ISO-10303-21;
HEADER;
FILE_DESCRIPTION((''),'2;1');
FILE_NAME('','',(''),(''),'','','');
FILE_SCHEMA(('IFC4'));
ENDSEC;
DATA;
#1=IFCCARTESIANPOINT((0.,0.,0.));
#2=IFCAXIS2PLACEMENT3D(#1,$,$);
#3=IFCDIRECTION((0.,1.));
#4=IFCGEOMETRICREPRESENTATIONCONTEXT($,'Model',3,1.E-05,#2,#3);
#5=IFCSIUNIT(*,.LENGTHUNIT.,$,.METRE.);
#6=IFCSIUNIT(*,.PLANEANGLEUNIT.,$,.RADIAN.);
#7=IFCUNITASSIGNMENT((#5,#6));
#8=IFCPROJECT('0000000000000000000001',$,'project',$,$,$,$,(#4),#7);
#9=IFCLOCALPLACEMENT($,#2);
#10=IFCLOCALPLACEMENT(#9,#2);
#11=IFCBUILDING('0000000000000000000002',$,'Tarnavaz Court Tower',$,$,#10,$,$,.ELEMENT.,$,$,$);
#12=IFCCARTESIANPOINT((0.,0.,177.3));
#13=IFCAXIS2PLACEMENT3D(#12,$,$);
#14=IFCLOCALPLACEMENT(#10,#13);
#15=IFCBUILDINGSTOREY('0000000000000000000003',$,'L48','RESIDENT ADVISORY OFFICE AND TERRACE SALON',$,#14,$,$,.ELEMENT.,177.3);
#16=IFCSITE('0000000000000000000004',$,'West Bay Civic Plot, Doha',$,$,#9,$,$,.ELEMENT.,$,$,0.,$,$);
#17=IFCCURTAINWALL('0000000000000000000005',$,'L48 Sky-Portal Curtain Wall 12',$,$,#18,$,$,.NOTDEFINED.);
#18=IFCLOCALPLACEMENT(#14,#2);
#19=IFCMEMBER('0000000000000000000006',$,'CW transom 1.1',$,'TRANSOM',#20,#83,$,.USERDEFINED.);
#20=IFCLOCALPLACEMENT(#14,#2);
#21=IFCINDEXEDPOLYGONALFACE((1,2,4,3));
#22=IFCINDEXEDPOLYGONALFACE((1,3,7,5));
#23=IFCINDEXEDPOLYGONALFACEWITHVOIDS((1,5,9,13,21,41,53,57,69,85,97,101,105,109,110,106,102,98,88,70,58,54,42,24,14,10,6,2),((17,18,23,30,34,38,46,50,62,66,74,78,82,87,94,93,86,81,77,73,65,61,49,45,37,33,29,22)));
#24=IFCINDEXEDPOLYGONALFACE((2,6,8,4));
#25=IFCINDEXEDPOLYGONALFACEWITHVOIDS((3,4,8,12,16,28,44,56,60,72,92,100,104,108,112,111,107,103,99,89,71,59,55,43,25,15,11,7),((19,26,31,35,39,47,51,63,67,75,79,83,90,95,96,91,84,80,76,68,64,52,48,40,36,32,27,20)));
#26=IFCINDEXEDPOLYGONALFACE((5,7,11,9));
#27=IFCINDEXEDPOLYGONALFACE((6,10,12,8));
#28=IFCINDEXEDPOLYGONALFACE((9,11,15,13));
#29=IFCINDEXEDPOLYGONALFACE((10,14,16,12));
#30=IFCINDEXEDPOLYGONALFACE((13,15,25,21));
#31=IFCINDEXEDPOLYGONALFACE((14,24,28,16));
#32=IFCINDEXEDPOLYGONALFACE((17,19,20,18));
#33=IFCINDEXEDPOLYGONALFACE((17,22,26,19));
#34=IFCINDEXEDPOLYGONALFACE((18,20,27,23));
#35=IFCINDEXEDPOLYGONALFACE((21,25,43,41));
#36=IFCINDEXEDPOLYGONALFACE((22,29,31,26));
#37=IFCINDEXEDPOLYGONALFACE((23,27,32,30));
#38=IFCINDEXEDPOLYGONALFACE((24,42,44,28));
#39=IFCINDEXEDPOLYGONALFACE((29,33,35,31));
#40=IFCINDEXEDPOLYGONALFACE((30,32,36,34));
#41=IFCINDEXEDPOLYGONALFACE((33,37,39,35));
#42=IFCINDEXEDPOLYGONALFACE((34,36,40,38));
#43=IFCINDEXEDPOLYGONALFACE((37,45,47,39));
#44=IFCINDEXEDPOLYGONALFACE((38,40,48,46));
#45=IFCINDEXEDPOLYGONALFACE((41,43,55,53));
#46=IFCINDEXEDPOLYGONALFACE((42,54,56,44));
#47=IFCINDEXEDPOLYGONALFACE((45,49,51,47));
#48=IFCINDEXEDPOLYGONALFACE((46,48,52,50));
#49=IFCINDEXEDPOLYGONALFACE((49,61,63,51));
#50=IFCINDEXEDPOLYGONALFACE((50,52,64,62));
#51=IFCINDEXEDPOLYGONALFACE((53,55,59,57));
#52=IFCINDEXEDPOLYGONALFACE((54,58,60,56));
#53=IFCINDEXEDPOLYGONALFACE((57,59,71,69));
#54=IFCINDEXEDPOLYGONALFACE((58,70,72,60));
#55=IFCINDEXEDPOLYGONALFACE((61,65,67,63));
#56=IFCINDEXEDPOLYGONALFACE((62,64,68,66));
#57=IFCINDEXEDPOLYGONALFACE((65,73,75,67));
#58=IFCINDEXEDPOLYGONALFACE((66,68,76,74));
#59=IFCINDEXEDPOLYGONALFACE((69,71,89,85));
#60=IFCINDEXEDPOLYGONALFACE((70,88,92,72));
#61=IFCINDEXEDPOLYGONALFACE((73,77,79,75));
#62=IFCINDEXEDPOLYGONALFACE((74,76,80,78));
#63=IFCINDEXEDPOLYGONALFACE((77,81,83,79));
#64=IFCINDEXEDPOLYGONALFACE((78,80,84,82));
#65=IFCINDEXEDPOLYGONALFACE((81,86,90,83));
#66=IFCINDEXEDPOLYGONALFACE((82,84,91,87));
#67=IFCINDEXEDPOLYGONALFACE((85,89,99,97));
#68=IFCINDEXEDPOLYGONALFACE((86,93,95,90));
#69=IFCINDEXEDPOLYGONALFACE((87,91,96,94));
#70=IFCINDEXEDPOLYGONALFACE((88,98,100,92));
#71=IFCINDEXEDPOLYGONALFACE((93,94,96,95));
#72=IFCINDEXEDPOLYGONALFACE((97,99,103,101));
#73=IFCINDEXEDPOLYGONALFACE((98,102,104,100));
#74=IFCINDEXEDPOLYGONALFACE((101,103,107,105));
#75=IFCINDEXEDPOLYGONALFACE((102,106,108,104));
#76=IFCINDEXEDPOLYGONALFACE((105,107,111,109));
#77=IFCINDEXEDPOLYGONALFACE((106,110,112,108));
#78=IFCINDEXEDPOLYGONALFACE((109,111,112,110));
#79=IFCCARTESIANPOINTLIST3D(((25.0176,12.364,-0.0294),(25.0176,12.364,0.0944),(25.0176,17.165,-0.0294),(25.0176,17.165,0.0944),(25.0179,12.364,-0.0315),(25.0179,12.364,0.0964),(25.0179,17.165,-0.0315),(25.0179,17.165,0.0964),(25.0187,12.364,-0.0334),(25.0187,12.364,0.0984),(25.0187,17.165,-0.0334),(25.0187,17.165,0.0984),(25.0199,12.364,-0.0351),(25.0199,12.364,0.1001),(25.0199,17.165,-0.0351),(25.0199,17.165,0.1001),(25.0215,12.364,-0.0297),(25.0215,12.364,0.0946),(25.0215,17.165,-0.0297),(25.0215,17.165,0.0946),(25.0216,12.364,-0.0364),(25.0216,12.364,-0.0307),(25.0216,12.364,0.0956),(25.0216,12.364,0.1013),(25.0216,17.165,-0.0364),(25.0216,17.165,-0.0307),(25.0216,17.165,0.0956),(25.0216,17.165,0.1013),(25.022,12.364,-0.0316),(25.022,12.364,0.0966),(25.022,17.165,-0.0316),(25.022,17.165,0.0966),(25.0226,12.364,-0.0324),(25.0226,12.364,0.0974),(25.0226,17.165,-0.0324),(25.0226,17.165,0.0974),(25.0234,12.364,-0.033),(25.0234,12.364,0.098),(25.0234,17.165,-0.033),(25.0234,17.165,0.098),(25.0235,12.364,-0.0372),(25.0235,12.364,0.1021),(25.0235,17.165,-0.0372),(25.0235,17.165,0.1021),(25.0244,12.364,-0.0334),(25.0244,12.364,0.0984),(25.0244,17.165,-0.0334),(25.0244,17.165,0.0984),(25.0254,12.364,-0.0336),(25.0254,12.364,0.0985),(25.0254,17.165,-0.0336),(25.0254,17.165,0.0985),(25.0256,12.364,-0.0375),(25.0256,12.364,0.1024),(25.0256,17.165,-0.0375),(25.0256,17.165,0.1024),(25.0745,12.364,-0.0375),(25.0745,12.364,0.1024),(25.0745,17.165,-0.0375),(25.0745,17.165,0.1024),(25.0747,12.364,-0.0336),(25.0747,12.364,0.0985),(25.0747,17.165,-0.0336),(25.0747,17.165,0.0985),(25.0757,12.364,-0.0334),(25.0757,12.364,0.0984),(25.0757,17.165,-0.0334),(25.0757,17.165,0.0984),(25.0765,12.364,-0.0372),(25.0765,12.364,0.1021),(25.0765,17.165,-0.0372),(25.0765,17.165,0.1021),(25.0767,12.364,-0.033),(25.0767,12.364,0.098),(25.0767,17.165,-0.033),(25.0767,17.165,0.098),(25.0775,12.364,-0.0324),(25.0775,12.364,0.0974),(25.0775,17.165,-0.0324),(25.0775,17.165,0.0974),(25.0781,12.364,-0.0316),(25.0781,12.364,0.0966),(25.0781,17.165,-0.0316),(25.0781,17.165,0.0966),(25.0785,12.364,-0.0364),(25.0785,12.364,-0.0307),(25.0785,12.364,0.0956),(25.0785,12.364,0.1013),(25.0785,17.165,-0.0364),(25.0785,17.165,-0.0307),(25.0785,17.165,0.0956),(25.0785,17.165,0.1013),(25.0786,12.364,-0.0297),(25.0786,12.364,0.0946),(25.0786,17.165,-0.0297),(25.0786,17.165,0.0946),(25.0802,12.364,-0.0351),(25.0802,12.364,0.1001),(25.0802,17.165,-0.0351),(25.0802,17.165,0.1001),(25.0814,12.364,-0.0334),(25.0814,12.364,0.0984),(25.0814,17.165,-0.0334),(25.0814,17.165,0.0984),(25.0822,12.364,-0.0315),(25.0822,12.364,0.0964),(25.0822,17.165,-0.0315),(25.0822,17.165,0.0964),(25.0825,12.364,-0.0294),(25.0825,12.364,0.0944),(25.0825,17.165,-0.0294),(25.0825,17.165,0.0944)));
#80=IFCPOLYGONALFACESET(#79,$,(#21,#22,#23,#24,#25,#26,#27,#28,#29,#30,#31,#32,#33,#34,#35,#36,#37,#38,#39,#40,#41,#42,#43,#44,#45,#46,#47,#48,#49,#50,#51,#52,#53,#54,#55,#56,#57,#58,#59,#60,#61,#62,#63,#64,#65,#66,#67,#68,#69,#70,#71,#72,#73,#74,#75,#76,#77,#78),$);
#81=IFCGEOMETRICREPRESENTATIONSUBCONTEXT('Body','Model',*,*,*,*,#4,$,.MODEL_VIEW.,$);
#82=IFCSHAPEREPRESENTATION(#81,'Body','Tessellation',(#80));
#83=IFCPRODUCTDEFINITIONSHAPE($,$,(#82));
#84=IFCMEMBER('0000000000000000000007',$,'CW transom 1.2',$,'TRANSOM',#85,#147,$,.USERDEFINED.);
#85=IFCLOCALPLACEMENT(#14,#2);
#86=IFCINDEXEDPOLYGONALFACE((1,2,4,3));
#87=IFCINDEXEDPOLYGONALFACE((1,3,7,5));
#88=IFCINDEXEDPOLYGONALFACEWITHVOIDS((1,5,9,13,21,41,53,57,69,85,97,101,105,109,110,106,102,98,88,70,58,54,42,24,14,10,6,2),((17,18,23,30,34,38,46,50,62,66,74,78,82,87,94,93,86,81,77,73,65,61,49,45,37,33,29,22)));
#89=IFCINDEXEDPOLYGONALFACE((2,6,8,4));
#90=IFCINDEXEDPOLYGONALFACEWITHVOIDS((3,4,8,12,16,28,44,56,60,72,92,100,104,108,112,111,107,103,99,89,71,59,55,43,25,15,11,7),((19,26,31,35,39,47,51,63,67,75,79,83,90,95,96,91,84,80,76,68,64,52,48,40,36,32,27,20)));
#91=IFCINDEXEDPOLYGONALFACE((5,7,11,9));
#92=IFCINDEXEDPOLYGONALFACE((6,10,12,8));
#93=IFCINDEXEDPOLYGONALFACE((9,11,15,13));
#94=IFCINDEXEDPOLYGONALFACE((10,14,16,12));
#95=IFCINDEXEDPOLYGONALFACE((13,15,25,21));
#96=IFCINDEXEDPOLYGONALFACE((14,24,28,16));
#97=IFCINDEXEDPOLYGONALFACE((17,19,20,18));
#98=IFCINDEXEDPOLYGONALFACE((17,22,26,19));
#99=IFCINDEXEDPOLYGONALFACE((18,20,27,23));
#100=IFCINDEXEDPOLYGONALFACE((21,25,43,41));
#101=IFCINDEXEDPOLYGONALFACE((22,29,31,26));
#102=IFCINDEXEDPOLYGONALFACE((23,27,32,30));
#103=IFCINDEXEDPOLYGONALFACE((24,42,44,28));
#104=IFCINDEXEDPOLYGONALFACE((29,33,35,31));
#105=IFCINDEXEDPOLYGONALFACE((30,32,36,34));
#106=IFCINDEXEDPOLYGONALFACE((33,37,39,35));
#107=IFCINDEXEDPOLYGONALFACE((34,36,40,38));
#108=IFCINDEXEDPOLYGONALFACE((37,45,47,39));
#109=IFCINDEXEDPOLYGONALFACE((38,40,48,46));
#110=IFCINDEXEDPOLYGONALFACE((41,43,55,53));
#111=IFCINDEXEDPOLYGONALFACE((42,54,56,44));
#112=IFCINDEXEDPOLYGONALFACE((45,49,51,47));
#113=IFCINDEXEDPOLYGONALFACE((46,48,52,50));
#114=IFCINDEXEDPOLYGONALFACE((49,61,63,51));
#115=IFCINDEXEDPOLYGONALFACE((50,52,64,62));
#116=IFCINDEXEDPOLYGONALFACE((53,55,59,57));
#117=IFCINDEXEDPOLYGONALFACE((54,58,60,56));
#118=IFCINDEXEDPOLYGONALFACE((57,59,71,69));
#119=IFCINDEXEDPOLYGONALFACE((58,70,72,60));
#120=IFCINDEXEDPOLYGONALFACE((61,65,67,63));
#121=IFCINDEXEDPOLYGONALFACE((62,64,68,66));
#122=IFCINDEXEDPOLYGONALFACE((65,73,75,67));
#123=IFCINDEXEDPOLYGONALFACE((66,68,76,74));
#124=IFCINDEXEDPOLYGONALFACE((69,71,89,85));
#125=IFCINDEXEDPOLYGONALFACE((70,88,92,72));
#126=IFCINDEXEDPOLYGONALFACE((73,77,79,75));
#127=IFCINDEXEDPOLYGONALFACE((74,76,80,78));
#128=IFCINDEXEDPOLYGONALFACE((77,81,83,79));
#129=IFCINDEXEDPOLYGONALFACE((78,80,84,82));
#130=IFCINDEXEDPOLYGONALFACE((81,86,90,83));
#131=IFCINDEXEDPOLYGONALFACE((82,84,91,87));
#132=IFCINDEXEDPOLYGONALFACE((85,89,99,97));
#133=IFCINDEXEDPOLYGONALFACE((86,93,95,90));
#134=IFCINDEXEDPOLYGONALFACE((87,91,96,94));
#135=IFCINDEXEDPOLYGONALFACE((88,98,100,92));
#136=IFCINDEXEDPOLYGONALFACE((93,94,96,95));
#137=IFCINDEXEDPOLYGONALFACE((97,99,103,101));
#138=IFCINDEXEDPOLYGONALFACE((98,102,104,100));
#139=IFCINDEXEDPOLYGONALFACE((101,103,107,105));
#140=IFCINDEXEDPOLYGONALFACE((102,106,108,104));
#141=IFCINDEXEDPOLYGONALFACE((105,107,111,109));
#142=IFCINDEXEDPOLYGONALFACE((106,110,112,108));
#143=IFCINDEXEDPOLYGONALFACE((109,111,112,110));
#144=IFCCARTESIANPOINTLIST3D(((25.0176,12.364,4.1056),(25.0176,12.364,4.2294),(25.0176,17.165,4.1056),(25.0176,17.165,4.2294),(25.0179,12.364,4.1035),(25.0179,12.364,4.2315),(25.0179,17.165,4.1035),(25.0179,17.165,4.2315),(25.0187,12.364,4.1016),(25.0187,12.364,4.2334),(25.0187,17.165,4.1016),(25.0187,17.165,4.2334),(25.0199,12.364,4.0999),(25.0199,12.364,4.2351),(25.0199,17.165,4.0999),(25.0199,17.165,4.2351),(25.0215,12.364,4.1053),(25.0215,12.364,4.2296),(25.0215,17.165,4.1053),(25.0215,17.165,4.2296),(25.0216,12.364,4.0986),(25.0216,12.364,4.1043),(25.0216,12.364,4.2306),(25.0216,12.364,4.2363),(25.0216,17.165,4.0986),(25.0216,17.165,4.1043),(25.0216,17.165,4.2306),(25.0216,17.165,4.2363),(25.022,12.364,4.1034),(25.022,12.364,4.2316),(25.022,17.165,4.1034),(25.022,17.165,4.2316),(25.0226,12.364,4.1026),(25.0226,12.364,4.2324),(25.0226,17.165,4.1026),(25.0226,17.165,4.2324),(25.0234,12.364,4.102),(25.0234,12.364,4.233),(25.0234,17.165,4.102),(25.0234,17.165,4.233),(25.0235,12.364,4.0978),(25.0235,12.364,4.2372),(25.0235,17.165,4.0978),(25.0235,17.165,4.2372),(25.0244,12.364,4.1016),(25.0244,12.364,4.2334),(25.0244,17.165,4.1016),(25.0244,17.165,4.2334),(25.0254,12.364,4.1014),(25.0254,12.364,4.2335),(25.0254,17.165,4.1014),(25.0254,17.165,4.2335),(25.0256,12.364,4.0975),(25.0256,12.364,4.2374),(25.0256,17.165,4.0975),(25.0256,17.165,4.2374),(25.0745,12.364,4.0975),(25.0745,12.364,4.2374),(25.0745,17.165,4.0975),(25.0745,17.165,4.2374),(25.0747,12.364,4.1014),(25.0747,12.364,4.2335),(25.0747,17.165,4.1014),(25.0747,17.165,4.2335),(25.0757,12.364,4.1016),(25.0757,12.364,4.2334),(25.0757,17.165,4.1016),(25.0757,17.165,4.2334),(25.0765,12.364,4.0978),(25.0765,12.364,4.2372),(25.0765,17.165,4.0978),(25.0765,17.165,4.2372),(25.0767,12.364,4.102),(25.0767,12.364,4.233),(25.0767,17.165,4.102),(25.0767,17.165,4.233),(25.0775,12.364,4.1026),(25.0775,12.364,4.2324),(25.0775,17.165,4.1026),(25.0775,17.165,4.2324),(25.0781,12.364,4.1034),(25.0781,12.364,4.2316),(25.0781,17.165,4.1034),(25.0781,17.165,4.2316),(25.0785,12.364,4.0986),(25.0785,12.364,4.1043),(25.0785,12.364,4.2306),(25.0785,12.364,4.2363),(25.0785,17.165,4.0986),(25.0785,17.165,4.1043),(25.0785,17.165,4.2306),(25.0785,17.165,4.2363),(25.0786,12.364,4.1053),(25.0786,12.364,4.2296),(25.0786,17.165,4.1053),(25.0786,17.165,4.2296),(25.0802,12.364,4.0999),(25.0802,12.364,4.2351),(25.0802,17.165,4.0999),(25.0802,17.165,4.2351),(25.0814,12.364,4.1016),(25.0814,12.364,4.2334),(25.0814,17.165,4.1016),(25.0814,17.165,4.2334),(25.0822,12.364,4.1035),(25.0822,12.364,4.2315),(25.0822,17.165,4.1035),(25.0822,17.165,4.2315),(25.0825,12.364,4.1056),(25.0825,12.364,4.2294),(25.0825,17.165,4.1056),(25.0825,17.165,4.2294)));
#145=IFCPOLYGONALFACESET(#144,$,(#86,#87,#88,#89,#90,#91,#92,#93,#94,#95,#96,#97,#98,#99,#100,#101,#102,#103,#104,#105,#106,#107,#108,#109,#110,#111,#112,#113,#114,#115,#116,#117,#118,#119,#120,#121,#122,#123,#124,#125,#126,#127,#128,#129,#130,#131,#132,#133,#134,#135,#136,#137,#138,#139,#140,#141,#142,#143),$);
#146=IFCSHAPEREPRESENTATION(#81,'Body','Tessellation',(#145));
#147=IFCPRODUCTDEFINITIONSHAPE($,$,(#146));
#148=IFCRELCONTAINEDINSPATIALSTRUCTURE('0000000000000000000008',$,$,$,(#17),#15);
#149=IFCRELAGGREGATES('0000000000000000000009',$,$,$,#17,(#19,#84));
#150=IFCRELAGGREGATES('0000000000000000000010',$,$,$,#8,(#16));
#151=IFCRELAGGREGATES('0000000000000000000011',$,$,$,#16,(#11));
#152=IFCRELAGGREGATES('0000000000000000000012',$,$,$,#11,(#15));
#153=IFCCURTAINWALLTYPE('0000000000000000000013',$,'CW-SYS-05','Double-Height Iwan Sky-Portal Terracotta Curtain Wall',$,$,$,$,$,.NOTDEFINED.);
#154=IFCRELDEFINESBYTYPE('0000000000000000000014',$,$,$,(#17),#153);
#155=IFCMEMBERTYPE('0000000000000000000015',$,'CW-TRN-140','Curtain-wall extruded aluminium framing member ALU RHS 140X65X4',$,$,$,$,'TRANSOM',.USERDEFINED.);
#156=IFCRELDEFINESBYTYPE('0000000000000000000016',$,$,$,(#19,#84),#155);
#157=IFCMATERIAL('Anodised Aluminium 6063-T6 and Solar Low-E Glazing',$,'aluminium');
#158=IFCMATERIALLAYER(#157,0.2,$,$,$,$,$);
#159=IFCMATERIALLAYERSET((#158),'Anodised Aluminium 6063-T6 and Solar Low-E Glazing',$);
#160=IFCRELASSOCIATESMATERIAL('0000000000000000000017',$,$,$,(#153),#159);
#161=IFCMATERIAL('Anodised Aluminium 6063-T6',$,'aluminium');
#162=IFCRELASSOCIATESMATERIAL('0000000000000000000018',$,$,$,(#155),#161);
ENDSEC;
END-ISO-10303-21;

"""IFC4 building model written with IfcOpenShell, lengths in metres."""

from ifc_helpers import new_model, si_unit, direction, frame, origin, origin_2d, place, context, subcontext, project, spatial, hollow_rectangle, extrude, material, layer, layer_set, material_profile, profile_set, type_object, element, aggregate, save


model = new_model("IFC4")

# Units and contexts
model_context = context("Model", 3, precision=1e-05, world=origin(), true_north=direction((0.0, 1.0)))
body_context = subcontext(model_context, "Body", "Model", "MODEL_VIEW")
ifc_project = project(units=[si_unit("LENGTHUNIT", "METRE"), si_unit("PLANEANGLEUNIT", "RADIAN")], contexts=[model_context])

# Site, building, storey
site_placement = place(None, origin())
site = spatial("IfcSite", under=ifc_project, at=site_placement, Name="West Bay Civic Plot, Doha", CompositionType="ELEMENT", RefElevation=0.0)
building_placement = place(site_placement, origin())
building = spatial("IfcBuilding", under=site, at=building_placement, Name="Tarnavaz Court Tower", CompositionType="ELEMENT")
storey_placement = place(building_placement, frame((0.0, 0.0, 177.3)))
storey = spatial("IfcBuildingStorey", under=building, at=storey_placement, Name="L48", Description="RESIDENT ADVISORY OFFICE AND TERRACE SALON", CompositionType="ELEMENT", Elevation=177.3)

# Curtain wall, members
ifc_material_1 = material(Name="Anodised Aluminium 6063-T6 and Solar Low-E Glazing", Category="aluminium")
ifc_layer_1 = layer(ifc_material_1, 0.2)
ifc_layer_set_1 = layer_set([ifc_layer_1], Name="Anodised Aluminium 6063-T6 and Solar Low-E Glazing")
curtain_wall_type = type_object("IfcCurtainWallType", Name="CW-SYS-05", Description="Double-Height Iwan Sky-Portal Terracotta Curtain Wall", PredefinedType="NOTDEFINED", material=ifc_layer_set_1)
curtain_wall_placement = place(storey_placement, origin())
curtain_wall = element("IfcCurtainWall", 1, at=curtain_wall_placement, inside=storey, type_object=curtain_wall_type, Name="L48 Sky-Portal Curtain Wall 12", PredefinedType="NOTDEFINED")
ifc_material_2 = material(Name="Anodised Aluminium 6063-T6", Category="aluminium")
ifc_material_profile_1 = material_profile(ifc_material_2, hollow_rectangle(XDim=0.0649, YDim=0.1399, WallThickness=0.0039, InnerFilletRadius=0.0039, OuterFilletRadius=0.0081, at=origin_2d()), Name="ALU RHS 140X65X4")
ifc_profile_set_1 = profile_set([ifc_material_profile_1], Name="Anodised Aluminium 6063-T6")
member_type_1 = type_object("IfcMemberType", Name="CW-TRN-140", Description="Curtain-wall extruded aluminium framing member ALU RHS 140X65X4", ElementType="TRANSOM", PredefinedType="USERDEFINED", material=ifc_profile_set_1)
member_1_placement = place(storey_placement, frame((25.05, 17.165, 0.0325), z_axis=(0.0, -1.0, 0.0), x_axis=(1.0, 0.0, 0.0)))
member_1 = element("IfcMember", 2, at=member_1_placement, type_object=member_type_1, Name="CW transom 1.1", ObjectType="TRANSOM", PredefinedType="USERDEFINED", context=body_context, shape_type="SweptSolid", body=[
    extrude(hollow_rectangle(XDim=0.0649, YDim=0.1399, WallThickness=0.0039, InnerFilletRadius=0.0039, OuterFilletRadius=0.0081, at=origin_2d()), origin(), (0.0, 0.0, 1.0), 4.801),
])
member_2_placement = place(storey_placement, frame((25.05, 17.165, 4.1675), z_axis=(0.0, -1.0, 0.0), x_axis=(1.0, 0.0, 0.0)))
member_2 = element("IfcMember", 3, at=member_2_placement, type_object=member_type_1, Name="CW transom 1.2", ObjectType="TRANSOM", PredefinedType="USERDEFINED", context=body_context, shape_type="SweptSolid", body=[
    extrude(hollow_rectangle(XDim=0.0649, YDim=0.1399, WallThickness=0.0039, InnerFilletRadius=0.0039, OuterFilletRadius=0.0081, at=origin_2d()), origin(), (0.0, 0.0, 1.0), 4.801),
])
aggregate(curtain_wall, [member_1, member_2])

save(model, "model.ifc")
